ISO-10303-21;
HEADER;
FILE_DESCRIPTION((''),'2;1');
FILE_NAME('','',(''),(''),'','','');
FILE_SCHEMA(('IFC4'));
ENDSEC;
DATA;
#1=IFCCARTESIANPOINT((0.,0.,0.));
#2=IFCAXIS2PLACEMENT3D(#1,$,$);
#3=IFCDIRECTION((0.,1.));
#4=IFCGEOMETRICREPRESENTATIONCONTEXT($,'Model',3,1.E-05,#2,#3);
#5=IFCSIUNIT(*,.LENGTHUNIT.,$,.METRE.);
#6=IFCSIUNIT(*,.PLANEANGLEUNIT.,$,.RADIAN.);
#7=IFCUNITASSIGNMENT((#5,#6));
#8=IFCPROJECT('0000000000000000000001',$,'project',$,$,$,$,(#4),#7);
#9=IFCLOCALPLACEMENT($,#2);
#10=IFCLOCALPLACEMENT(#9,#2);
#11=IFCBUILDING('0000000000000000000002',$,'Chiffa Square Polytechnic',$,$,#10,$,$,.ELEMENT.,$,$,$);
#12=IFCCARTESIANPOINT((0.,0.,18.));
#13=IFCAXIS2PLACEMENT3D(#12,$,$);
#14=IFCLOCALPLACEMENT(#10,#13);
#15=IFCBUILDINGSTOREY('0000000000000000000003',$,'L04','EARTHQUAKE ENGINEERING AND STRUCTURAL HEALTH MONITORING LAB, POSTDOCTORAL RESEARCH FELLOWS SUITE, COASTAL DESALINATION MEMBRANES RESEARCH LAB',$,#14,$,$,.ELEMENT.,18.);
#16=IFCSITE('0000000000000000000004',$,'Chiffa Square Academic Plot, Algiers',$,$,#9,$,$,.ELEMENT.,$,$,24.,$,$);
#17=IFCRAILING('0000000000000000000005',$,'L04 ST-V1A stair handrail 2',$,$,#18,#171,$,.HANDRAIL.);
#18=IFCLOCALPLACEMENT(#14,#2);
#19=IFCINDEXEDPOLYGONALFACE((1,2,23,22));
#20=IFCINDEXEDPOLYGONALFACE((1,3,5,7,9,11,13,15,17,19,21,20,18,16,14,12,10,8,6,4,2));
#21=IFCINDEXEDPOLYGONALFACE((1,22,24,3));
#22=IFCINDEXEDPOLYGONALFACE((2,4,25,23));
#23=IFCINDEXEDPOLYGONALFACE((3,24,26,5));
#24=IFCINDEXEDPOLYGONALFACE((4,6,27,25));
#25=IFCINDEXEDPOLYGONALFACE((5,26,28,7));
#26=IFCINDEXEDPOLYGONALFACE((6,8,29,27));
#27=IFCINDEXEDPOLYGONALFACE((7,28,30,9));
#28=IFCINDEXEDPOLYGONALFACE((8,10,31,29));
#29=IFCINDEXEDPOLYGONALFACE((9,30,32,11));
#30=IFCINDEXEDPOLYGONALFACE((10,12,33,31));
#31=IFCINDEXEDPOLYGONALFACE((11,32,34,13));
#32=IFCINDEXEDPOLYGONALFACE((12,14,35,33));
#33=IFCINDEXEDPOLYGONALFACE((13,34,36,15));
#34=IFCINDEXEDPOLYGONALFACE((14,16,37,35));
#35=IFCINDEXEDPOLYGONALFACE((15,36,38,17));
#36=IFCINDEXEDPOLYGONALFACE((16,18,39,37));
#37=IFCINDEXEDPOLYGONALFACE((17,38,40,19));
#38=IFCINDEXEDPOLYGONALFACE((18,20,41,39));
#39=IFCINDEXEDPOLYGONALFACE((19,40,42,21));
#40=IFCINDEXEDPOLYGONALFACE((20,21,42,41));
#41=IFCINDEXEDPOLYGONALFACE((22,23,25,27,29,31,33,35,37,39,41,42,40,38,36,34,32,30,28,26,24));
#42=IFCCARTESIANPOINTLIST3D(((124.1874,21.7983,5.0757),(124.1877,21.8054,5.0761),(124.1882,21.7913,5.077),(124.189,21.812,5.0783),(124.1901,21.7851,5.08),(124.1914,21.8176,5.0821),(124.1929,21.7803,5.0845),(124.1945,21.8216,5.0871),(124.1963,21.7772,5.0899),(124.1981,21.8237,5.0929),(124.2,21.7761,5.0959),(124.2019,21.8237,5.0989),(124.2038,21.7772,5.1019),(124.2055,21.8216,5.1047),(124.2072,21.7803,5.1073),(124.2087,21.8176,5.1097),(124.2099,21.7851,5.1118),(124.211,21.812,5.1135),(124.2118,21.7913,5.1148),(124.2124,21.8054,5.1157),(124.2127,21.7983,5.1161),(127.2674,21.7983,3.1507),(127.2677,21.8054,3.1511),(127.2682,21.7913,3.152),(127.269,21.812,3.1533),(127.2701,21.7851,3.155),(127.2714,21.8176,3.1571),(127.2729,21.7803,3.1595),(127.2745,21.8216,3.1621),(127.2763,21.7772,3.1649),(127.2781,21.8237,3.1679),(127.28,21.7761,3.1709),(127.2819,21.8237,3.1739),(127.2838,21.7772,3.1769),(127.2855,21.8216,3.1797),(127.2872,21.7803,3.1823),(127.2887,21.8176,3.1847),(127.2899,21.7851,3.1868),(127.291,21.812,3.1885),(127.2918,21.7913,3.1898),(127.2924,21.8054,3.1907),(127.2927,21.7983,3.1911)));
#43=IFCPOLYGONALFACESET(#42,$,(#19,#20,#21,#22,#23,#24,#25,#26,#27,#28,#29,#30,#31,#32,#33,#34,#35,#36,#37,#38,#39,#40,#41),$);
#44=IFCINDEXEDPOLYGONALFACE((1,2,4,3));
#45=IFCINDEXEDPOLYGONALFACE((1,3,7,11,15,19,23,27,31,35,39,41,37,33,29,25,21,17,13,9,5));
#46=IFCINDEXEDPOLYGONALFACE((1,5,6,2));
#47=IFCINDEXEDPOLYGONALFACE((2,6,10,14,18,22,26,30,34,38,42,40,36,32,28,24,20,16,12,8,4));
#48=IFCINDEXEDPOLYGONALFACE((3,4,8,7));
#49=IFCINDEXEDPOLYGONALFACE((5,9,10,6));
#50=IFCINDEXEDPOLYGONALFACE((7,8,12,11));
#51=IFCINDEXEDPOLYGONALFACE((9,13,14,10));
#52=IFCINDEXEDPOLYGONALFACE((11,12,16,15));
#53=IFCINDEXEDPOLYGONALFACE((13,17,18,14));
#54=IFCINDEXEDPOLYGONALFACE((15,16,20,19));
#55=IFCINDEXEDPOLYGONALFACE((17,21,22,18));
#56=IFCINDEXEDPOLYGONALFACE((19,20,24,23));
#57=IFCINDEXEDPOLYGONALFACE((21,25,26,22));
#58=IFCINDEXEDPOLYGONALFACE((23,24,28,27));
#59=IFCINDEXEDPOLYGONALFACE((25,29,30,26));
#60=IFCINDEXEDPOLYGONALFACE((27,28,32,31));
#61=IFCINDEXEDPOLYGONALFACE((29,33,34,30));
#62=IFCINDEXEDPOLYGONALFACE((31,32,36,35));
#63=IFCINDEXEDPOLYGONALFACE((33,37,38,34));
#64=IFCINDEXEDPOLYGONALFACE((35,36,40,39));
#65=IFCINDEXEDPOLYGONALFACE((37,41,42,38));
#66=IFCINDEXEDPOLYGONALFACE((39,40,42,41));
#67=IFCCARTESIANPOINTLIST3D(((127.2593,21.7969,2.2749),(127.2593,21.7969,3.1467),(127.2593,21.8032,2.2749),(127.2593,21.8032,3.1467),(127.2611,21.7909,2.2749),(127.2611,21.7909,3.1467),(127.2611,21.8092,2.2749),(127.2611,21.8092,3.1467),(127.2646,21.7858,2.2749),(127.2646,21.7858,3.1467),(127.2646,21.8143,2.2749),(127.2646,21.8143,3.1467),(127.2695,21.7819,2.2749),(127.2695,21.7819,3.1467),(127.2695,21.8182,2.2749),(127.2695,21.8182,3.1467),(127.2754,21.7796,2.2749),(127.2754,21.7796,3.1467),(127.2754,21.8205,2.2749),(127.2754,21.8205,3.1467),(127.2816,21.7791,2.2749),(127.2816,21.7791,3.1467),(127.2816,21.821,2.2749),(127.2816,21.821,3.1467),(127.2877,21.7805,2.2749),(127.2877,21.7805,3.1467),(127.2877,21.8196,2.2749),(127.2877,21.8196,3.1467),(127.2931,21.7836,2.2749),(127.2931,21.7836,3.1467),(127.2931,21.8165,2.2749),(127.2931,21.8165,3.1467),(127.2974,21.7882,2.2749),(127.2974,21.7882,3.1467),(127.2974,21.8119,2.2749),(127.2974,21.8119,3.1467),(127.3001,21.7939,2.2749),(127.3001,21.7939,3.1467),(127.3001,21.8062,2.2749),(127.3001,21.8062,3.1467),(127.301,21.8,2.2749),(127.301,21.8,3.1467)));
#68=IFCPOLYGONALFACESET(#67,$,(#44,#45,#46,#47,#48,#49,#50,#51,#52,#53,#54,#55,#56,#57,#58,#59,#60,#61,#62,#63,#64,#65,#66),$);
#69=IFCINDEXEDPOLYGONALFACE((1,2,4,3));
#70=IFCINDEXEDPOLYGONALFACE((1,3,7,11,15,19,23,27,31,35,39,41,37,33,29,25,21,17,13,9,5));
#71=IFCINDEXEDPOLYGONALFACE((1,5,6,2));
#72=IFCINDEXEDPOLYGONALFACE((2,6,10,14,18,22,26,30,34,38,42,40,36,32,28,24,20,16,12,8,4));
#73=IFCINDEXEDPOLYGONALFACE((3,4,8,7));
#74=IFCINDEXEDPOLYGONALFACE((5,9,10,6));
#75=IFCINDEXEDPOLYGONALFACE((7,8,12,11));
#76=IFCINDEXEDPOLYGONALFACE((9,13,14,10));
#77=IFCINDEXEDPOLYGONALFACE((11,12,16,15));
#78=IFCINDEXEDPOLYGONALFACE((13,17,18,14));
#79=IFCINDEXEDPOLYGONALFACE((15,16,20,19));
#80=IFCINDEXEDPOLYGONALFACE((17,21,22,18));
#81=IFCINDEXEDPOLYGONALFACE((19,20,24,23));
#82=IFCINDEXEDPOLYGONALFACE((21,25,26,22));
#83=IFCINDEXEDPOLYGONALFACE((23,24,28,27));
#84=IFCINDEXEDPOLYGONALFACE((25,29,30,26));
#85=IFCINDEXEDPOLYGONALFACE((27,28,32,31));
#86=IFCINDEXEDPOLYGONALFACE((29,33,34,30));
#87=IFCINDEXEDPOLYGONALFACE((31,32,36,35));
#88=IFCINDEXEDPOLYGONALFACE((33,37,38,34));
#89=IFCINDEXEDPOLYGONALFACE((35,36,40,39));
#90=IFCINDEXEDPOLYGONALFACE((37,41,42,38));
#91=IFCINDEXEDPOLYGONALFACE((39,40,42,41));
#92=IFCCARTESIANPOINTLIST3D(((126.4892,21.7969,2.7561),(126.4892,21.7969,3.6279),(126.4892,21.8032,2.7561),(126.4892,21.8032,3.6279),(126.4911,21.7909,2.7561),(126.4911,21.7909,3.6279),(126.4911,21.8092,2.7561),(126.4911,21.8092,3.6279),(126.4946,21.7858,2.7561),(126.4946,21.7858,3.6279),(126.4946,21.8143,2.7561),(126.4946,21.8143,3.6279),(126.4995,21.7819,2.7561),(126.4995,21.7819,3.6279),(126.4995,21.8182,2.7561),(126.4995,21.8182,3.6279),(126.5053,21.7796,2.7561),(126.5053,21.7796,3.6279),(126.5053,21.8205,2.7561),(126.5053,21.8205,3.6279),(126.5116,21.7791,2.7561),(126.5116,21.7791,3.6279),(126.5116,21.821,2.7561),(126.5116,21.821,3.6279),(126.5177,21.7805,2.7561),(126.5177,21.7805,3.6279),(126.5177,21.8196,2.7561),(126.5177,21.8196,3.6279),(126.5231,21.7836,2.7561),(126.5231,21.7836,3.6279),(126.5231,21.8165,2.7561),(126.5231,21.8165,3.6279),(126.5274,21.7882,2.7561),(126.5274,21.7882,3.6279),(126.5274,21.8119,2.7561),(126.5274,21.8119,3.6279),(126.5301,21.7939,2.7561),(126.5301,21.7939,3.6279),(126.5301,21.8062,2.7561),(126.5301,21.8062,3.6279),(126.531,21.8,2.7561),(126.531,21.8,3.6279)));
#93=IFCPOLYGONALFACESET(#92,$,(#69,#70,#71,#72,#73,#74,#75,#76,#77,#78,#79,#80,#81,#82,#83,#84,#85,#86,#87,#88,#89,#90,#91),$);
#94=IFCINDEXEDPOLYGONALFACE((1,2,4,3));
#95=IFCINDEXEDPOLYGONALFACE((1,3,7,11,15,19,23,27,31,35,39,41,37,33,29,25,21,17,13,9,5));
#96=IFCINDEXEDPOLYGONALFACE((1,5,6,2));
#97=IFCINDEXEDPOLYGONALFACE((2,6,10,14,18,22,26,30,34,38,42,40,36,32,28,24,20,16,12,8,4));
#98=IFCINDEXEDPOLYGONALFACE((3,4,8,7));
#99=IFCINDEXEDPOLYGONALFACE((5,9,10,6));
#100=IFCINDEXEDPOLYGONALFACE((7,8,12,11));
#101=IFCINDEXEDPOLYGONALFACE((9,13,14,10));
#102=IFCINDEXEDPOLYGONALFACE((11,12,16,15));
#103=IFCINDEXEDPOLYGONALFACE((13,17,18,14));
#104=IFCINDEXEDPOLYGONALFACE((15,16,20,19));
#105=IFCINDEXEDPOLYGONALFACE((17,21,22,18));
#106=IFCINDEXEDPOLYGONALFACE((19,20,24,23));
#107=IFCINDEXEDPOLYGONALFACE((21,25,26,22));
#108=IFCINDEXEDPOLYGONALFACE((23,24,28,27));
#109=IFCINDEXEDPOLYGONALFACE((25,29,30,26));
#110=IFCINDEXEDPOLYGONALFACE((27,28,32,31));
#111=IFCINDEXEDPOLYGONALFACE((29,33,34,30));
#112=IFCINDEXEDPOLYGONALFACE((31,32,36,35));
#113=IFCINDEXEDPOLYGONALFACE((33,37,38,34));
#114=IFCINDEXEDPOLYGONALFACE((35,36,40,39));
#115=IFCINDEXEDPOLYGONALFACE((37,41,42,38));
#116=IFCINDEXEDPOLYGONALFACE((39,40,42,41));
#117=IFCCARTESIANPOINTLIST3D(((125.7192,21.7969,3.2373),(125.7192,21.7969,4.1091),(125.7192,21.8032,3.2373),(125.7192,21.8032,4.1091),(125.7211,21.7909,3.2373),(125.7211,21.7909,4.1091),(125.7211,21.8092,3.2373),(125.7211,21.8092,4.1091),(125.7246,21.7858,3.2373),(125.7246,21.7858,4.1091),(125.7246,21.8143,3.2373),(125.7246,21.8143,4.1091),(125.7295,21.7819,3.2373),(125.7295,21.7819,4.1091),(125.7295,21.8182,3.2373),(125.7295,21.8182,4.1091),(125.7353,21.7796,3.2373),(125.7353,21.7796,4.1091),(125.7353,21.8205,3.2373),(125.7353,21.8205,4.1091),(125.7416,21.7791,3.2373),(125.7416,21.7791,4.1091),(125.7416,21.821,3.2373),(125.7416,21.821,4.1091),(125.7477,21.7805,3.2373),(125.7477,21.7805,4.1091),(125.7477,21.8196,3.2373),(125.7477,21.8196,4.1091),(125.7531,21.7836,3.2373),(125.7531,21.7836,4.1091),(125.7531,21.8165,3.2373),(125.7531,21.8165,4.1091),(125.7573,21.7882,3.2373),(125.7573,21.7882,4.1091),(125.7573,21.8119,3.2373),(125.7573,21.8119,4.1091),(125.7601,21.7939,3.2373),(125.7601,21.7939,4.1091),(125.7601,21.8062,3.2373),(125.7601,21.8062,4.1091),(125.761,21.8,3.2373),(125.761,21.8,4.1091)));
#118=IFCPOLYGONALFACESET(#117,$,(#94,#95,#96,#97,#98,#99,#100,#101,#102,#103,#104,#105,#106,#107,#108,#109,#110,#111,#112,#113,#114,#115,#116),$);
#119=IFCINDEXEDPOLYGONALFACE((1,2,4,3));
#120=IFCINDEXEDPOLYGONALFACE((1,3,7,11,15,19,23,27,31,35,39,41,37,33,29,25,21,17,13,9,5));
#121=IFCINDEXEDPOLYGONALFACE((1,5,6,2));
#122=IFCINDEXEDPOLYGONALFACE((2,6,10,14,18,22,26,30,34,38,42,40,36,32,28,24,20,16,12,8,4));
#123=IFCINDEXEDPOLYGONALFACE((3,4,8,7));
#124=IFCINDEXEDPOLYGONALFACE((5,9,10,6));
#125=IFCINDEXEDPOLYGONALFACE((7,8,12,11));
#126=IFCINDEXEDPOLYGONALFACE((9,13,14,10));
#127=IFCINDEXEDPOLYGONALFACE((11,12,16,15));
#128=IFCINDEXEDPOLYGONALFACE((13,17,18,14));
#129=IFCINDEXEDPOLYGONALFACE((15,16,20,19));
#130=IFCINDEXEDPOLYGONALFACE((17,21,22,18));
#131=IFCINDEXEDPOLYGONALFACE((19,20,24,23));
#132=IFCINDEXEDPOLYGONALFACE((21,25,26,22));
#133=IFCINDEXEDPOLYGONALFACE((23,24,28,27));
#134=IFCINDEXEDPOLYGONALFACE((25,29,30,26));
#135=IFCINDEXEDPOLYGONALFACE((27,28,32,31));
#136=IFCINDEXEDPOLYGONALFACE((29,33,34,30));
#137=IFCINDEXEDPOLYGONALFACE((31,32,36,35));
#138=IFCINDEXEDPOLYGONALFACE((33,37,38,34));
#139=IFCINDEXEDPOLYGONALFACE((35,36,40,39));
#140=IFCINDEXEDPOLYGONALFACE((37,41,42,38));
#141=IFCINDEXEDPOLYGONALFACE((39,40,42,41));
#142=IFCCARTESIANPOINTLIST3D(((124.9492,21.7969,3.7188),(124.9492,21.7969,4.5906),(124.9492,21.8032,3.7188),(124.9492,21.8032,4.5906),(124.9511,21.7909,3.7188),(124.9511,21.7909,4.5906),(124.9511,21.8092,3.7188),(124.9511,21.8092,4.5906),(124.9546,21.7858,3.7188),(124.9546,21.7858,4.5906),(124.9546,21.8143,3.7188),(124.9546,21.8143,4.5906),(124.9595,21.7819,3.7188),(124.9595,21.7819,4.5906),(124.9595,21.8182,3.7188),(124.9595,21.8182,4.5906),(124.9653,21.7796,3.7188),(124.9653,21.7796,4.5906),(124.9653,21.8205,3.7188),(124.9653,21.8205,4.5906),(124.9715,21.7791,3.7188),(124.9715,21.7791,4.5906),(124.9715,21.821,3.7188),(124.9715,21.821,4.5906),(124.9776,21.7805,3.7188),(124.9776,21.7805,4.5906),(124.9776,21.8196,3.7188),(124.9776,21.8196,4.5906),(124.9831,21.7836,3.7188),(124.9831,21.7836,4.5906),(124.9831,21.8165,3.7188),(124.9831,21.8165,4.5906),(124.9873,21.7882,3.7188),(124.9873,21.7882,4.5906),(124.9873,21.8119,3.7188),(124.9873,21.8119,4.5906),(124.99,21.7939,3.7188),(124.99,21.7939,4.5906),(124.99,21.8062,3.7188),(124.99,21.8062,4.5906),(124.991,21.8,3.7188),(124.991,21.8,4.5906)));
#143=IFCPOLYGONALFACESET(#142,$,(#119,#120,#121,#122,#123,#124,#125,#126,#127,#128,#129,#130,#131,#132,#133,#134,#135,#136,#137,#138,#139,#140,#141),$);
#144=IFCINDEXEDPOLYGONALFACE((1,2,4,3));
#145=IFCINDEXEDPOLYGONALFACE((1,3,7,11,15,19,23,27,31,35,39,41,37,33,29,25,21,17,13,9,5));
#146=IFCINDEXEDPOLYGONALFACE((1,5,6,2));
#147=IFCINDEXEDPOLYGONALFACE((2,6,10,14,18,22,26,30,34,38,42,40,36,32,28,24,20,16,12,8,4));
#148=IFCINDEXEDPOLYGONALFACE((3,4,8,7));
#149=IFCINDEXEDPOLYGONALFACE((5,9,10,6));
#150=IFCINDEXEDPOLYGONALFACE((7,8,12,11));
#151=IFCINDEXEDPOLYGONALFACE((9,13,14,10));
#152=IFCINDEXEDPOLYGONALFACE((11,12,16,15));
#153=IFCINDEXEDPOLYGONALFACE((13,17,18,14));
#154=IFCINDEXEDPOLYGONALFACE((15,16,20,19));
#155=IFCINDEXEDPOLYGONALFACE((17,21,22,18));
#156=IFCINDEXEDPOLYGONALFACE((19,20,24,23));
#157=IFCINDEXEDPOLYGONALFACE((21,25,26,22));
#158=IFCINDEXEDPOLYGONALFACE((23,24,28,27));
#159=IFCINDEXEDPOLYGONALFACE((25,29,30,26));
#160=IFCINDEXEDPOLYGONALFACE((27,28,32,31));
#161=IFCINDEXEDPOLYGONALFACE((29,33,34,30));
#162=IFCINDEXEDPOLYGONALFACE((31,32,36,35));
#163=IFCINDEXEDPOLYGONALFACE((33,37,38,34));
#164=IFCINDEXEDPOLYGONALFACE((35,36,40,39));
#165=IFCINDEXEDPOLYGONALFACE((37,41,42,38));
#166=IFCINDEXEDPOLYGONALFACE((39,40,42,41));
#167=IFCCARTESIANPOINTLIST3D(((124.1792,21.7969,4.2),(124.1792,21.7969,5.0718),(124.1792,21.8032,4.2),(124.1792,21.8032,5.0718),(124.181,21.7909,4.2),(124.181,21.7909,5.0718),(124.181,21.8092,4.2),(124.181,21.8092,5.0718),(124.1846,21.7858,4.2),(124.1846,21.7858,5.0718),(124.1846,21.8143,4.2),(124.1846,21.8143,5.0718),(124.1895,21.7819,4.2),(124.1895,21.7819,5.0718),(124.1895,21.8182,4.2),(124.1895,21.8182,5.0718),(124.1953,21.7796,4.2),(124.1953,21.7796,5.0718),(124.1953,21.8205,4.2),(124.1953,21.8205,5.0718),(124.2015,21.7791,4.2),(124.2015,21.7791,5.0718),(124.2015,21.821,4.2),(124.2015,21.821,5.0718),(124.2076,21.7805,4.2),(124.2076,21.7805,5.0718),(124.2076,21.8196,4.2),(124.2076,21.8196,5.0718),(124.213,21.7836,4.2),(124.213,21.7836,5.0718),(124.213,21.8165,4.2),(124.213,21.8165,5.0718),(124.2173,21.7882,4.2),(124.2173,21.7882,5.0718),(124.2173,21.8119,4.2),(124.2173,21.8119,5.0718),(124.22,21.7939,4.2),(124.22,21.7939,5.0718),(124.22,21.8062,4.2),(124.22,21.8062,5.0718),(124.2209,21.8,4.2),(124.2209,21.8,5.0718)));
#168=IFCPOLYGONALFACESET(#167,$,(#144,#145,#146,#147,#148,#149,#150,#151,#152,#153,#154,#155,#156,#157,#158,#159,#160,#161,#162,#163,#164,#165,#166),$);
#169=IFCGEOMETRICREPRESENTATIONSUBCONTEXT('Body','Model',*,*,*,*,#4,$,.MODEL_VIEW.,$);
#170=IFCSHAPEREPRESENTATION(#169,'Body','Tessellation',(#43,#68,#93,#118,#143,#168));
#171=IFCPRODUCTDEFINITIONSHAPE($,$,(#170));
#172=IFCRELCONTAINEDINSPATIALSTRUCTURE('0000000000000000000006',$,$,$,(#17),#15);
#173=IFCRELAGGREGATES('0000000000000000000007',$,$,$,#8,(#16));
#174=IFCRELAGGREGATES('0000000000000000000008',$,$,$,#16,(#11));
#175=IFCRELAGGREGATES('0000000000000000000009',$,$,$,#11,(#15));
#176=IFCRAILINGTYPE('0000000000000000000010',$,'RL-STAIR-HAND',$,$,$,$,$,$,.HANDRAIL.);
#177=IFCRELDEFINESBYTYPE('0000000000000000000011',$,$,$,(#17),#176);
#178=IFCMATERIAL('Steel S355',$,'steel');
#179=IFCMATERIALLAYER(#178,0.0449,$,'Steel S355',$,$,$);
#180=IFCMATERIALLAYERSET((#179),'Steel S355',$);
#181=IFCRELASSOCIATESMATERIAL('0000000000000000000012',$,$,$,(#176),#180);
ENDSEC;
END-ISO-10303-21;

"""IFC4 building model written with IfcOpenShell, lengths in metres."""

from ifc_helpers import new_model, si_unit, direction, frame, origin, origin_2d, place, context, subcontext, project, spatial, circle, extrude, material, layer, layer_set, type_object, element, save


model = new_model("IFC4")

# Units and contexts
model_context = context("Model", 3, precision=1e-05, world=origin(), true_north=direction((0.0, 1.0)))
body_context = subcontext(model_context, "Body", "Model", "MODEL_VIEW")
ifc_project = project(units=[si_unit("LENGTHUNIT", "METRE"), si_unit("PLANEANGLEUNIT", "RADIAN")], contexts=[model_context])

# Site, building, storey
site_placement = place(None, origin())
site = spatial("IfcSite", under=ifc_project, at=site_placement, Name="Chiffa Square Academic Plot, Algiers", CompositionType="ELEMENT", RefElevation=24.0)
building_placement = place(site_placement, origin())
building = spatial("IfcBuilding", under=site, at=building_placement, Name="Chiffa Square Polytechnic", CompositionType="ELEMENT")
storey_placement = place(building_placement, frame((0.0, 0.0, 18.0)))
storey = spatial("IfcBuildingStorey", under=building, at=storey_placement, Name="L04", Description="EARTHQUAKE ENGINEERING AND STRUCTURAL HEALTH MONITORING LAB, POSTDOCTORAL RESEARCH FELLOWS SUITE, COASTAL DESALINATION MEMBRANES RESEARCH LAB", CompositionType="ELEMENT", Elevation=18.0)

# Railing
ifc_material_1 = material(Name="Steel S355", Category="steel")
ifc_layer_1 = layer(ifc_material_1, 0.0449, Name="Steel S355")
ifc_layer_set_1 = layer_set([ifc_layer_1], Name="Steel S355")
railing_type_1 = type_object("IfcRailingType", Name="RL-STAIR-HAND", PredefinedType="HANDRAIL", material=ifc_layer_set_1)
railing_1_placement = place(storey_placement, frame((127.28, 21.8, 2.2749)))
element("IfcRailing", 1, at=railing_1_placement, inside=storey, type_object=railing_type_1, Name="L04 ST-V1A stair handrail 2", PredefinedType="HANDRAIL", context=body_context, shape_type="SweptSolid", body=[
    extrude(circle(Radius=0.0239, at=origin_2d()), frame((0.0, 0.0, 0.896), z_axis=(-0.847998, 0.0, 0.529999), x_axis=(0.0, -1.0, 0.0)), (0.0, 0.0, 1.0), 3.6321),
    extrude(circle(Radius=0.021, at=origin_2d()), origin(), (0.0, 0.0, 1.0), 0.8718),
    extrude(circle(Radius=0.021, at=origin_2d()), frame((-0.77, 0.0, 0.4812)), (0.0, 0.0, 1.0), 0.8718),
    extrude(circle(Radius=0.021, at=origin_2d()), frame((-1.54, 0.0, 0.9624)), (0.0, 0.0, 1.0), 0.8718),
    extrude(circle(Radius=0.021, at=origin_2d()), frame((-2.3101, 0.0, 1.4438)), (0.0, 0.0, 1.0), 0.8718),
    extrude(circle(Radius=0.021, at=origin_2d()), frame((-3.0801, 0.0, 1.925)), (0.0, 0.0, 1.0), 0.8718),
])

save(model, "model.ifc")
